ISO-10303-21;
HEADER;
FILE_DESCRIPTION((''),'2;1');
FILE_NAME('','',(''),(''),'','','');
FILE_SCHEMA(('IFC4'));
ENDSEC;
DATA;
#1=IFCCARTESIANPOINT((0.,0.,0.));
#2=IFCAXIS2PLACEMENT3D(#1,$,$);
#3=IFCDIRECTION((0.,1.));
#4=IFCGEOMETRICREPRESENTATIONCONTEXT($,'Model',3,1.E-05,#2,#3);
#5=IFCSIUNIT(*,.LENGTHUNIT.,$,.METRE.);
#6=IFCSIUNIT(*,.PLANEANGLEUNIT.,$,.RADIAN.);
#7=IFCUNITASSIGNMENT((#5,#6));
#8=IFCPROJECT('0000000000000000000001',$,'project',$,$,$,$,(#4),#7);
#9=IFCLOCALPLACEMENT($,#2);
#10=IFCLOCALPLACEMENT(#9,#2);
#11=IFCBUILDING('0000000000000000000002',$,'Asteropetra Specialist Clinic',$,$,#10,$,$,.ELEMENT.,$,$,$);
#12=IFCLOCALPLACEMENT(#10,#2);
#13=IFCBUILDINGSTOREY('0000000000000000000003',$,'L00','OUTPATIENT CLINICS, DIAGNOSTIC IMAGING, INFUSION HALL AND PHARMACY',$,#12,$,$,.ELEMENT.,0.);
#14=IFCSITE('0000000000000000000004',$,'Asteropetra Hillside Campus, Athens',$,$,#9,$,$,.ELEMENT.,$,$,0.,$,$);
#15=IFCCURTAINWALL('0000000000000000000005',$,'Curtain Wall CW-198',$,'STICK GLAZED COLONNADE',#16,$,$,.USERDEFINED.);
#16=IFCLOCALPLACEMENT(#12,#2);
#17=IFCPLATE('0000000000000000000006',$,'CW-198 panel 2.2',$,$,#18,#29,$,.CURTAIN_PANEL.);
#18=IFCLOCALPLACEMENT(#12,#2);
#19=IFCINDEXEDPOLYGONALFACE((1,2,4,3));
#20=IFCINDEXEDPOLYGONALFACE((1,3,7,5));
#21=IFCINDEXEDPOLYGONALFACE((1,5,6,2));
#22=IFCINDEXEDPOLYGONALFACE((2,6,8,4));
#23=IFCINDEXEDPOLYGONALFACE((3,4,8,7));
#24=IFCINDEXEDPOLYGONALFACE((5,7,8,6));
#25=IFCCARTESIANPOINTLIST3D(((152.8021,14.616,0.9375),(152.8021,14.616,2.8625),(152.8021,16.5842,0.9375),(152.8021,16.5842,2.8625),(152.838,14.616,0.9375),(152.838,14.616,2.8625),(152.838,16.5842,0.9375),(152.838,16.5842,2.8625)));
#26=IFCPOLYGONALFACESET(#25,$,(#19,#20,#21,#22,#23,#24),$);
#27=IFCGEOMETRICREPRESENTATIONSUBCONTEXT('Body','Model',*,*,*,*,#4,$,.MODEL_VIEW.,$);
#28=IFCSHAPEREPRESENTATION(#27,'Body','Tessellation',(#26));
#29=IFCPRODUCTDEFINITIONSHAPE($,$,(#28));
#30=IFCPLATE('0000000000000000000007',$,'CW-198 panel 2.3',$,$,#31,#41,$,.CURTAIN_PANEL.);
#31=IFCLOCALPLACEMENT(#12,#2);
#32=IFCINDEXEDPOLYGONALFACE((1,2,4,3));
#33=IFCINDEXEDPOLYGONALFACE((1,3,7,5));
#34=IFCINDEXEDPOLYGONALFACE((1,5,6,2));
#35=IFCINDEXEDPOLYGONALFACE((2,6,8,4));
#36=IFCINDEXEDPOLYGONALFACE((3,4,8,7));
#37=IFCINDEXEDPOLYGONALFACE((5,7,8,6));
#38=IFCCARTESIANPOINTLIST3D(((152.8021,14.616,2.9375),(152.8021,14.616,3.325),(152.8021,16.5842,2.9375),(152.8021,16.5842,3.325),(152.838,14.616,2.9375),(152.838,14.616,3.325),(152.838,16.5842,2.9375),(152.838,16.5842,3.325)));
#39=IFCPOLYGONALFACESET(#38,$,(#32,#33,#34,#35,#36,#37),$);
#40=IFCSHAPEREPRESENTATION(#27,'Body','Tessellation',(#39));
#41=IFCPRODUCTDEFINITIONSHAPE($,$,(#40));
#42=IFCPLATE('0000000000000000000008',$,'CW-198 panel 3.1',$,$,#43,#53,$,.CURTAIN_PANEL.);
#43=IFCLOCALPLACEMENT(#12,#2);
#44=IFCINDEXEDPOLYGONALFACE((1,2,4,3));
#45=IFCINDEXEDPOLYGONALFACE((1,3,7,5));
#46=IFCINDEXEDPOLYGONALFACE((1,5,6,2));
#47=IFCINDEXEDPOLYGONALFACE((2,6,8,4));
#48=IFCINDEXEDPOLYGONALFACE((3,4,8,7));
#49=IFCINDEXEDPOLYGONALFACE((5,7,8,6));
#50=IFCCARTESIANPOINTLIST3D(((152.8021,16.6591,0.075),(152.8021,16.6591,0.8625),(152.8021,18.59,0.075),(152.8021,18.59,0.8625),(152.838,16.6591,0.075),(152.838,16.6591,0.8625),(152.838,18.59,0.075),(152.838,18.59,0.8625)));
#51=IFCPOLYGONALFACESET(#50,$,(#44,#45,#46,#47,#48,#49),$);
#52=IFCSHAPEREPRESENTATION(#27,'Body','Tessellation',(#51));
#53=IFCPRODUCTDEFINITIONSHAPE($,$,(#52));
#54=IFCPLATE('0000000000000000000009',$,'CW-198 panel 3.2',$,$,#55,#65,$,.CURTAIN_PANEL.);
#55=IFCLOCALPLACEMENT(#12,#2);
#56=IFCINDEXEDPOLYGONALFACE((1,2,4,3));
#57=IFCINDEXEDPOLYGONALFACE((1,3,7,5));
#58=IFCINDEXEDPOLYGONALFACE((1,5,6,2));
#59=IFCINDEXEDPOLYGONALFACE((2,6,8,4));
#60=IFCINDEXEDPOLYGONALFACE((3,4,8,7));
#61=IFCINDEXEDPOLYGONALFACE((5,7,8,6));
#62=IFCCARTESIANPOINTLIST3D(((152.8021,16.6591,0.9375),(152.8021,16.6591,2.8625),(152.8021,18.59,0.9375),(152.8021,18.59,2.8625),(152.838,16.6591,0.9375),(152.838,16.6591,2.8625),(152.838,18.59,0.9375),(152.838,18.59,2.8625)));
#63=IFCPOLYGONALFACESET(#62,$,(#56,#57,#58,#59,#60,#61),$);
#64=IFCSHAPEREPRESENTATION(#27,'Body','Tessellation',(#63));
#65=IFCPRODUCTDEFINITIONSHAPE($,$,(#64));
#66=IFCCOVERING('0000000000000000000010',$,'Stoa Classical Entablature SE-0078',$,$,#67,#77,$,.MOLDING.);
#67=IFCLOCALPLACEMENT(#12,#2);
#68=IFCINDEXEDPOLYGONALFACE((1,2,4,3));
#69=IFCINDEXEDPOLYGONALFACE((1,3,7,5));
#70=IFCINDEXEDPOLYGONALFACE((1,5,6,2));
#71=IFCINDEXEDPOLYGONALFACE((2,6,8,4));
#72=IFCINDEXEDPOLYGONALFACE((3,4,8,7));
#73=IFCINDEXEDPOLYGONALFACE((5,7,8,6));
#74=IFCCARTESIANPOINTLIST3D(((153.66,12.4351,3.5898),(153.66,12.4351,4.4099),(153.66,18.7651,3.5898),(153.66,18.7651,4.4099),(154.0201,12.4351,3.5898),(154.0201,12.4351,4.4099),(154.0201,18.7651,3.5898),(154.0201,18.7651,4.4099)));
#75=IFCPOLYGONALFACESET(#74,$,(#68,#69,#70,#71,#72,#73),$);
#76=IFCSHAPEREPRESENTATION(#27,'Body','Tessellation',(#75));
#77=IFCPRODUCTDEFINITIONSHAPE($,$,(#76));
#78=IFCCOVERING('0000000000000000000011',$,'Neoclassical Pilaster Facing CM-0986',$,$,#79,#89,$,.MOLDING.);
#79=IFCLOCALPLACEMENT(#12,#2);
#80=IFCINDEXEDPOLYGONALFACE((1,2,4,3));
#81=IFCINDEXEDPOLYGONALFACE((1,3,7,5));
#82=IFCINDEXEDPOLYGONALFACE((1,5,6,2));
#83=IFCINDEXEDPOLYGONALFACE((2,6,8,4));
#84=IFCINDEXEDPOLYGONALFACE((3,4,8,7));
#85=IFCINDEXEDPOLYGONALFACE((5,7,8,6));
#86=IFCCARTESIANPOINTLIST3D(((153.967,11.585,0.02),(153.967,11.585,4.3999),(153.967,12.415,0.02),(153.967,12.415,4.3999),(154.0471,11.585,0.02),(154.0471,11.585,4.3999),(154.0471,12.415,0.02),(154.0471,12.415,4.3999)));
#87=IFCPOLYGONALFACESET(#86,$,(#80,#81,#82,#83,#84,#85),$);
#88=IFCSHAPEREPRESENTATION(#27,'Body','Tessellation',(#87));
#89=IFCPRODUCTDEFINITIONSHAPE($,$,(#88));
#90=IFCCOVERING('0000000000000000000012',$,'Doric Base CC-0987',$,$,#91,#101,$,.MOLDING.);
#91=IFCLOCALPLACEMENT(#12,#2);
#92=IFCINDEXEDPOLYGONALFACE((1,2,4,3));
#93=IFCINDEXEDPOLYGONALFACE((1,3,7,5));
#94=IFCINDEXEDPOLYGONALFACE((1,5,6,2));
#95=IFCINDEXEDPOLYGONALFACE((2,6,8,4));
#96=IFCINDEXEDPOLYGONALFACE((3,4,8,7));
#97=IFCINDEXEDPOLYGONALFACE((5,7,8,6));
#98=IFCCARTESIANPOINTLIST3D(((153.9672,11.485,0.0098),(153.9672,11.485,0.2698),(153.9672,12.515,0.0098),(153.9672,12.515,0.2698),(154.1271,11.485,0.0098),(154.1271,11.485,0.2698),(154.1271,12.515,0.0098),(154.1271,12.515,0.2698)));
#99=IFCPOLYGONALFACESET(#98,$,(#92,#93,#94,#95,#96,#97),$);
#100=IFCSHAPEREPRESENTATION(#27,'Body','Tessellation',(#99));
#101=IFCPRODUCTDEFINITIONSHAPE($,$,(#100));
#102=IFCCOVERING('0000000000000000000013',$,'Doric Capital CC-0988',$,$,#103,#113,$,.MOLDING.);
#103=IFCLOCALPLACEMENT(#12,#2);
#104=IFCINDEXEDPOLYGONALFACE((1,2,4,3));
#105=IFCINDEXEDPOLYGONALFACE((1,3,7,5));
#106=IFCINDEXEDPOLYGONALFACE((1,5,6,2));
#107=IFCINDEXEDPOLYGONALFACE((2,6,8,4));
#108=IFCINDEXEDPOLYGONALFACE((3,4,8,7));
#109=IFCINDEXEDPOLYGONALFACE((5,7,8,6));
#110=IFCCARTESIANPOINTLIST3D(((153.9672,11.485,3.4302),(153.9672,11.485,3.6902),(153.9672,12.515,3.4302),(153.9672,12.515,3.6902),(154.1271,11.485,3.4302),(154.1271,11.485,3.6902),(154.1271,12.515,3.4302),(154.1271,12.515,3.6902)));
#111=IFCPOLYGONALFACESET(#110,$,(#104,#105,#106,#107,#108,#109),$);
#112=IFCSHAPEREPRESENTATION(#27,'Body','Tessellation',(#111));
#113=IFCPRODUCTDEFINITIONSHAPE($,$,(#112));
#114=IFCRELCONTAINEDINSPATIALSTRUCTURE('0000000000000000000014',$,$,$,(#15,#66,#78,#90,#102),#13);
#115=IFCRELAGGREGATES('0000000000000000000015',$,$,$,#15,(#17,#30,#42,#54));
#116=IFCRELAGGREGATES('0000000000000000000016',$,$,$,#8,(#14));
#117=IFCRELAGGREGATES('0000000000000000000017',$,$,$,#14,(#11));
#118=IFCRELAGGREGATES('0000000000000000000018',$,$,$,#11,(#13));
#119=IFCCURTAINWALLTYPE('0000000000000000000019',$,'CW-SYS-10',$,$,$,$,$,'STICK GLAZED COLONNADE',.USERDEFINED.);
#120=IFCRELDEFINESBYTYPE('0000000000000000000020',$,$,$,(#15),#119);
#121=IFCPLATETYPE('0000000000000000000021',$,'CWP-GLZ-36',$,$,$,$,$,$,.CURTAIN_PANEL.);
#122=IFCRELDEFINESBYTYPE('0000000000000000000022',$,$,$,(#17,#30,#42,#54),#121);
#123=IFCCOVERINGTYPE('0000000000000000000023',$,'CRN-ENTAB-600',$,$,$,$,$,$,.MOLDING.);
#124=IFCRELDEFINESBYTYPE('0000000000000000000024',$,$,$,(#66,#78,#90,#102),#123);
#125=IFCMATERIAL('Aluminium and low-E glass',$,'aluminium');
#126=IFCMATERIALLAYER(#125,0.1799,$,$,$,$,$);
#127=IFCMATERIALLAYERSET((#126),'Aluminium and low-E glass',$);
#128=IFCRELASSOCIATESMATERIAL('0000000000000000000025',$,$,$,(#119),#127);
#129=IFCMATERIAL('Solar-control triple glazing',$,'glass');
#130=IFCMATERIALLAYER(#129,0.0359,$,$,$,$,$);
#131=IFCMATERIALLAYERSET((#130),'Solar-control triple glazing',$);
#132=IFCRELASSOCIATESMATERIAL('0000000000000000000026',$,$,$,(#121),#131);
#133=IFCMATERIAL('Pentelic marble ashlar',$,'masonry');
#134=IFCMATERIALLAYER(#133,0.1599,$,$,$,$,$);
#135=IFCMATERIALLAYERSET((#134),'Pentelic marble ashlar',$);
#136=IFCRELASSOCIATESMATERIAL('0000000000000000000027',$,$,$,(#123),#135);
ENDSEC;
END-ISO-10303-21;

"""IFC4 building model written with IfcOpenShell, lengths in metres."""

from ifc_helpers import new_model, si_unit, direction, frame, origin, origin_2d, place, context, subcontext, project, spatial, rectangle, extrude, material, layer, layer_set, type_object, element, aggregate, save


model = new_model("IFC4")

# Units and contexts
model_context = context("Model", 3, precision=1e-05, world=origin(), true_north=direction((0.0, 1.0)))
body_context = subcontext(model_context, "Body", "Model", "MODEL_VIEW")
ifc_project = project(units=[si_unit("LENGTHUNIT", "METRE"), si_unit("PLANEANGLEUNIT", "RADIAN")], contexts=[model_context])

# Site, building, storey
site_placement = place(None, origin())
site = spatial("IfcSite", under=ifc_project, at=site_placement, Name="Asteropetra Hillside Campus, Athens", CompositionType="ELEMENT", RefElevation=0.0)
building_placement = place(site_placement, origin())
building = spatial("IfcBuilding", under=site, at=building_placement, Name="Asteropetra Specialist Clinic", CompositionType="ELEMENT")
storey_placement = place(building_placement, origin())
storey = spatial("IfcBuildingStorey", under=building, at=storey_placement, Name="L00", Description="OUTPATIENT CLINICS, DIAGNOSTIC IMAGING, INFUSION HALL AND PHARMACY", CompositionType="ELEMENT", Elevation=0.0)

# Shared definitions
ifc_material_1 = material(Name="Aluminium and low-E glass", Category="aluminium")
ifc_layer_1 = layer(ifc_material_1, 0.1799)
ifc_layer_set_1 = layer_set([ifc_layer_1], Name="Aluminium and low-E glass")
curtain_wall_type = type_object("IfcCurtainWallType", Name="CW-SYS-10", ElementType="STICK GLAZED COLONNADE", PredefinedType="USERDEFINED", material=ifc_layer_set_1)

# Curtain wall, plates
curtain_wall_1_placement = place(storey_placement, origin())
curtain_wall_1 = element("IfcCurtainWall", 1, at=curtain_wall_1_placement, inside=storey, type_object=curtain_wall_type, Name="Curtain Wall CW-198", ObjectType="STICK GLAZED COLONNADE", PredefinedType="USERDEFINED")
ifc_material_2 = material(Name="Solar-control triple glazing", Category="glass")
ifc_layer_2 = layer(ifc_material_2, 0.0359)
ifc_layer_set_2 = layer_set([ifc_layer_2], Name="Solar-control triple glazing")
plate_type = type_object("IfcPlateType", Name="CWP-GLZ-36", PredefinedType="CURTAIN_PANEL", material=ifc_layer_set_2)
plate_1_placement = place(storey_placement, frame((152.8201, 15.6001, 0.9375), z_axis=(0.0, 0.0, 1.0), x_axis=(0.0, 1.0, 0.0)))
plate_1 = element("IfcPlate", 2, at=plate_1_placement, type_object=plate_type, Name="CW-198 panel 2.2", PredefinedType="CURTAIN_PANEL", context=body_context, shape_type="SweptSolid", body=[
    extrude(rectangle(XDim=1.9683, YDim=0.0359, at=origin_2d()), origin(), (0.0, 0.0, 1.0), 1.925),
])
plate_2_placement = place(storey_placement, frame((152.8201, 15.6001, 2.9375), z_axis=(0.0, 0.0, 1.0), x_axis=(0.0, 1.0, 0.0)))
plate_2 = element("IfcPlate", 3, at=plate_2_placement, type_object=plate_type, Name="CW-198 panel 2.3", PredefinedType="CURTAIN_PANEL", context=body_context, shape_type="SweptSolid", body=[
    extrude(rectangle(XDim=1.9683, YDim=0.0359, at=origin_2d()), origin(), (0.0, 0.0, 1.0), 0.3875),
])
plate_3_placement = place(storey_placement, frame((152.8201, 17.6245, 0.075), z_axis=(0.0, 0.0, 1.0), x_axis=(0.0, 1.0, 0.0)))
plate_3 = element("IfcPlate", 4, at=plate_3_placement, type_object=plate_type, Name="CW-198 panel 3.1", PredefinedType="CURTAIN_PANEL", context=body_context, shape_type="SweptSolid", body=[
    extrude(rectangle(XDim=1.9309, YDim=0.0359, at=origin_2d()), origin(), (0.0, 0.0, 1.0), 0.7876),
])
plate_4_placement = place(storey_placement, frame((152.8201, 17.6245, 0.9375), z_axis=(0.0, 0.0, 1.0), x_axis=(0.0, 1.0, 0.0)))
plate_4 = element("IfcPlate", 5, at=plate_4_placement, type_object=plate_type, Name="CW-198 panel 3.2", PredefinedType="CURTAIN_PANEL", context=body_context, shape_type="SweptSolid", body=[
    extrude(rectangle(XDim=1.9309, YDim=0.0359, at=origin_2d()), origin(), (0.0, 0.0, 1.0), 1.925),
])
aggregate(curtain_wall_1, [plate_1, plate_2, plate_3, plate_4])

# Coverings
ifc_material_3 = material(Name="Pentelic marble ashlar", Category="masonry")
ifc_layer_3 = layer(ifc_material_3, 0.1599)
ifc_layer_set_3 = layer_set([ifc_layer_3], Name="Pentelic marble ashlar")
covering_type = type_object("IfcCoveringType", Name="CRN-ENTAB-600", PredefinedType="MOLDING", material=ifc_layer_set_3)
covering_1_placement = place(storey_placement, frame((153.8401, 15.6001, 3.5898), z_axis=(0.0, 0.0, 1.0), x_axis=(1.0, 0.0, 0.0)))
element("IfcCovering", 6, at=covering_1_placement, inside=storey, type_object=covering_type, Name="Stoa Classical Entablature SE-0078", PredefinedType="MOLDING", context=body_context, shape_type="SweptSolid", body=[
    extrude(rectangle(XDim=0.3601, YDim=6.3301, at=origin_2d()), origin(), (0.0, 0.0, 1.0), 0.8201),
])
covering_2_placement = place(storey_placement, frame((154.0071, 12.0, 0.02), z_axis=(0.0, 0.0, 1.0), x_axis=(1.0, 0.0, 0.0)))
element("IfcCovering", 7, at=covering_2_placement, inside=storey, type_object=covering_type, Name="Neoclassical Pilaster Facing CM-0986", PredefinedType="MOLDING", context=body_context, shape_type="SweptSolid", body=[
    extrude(rectangle(XDim=0.0801, YDim=0.8301, at=origin_2d()), origin(), (0.0, 0.0, 1.0), 4.3799),
])
for number, where, z_axis, x_axis, name in (
    (8, (154.0471, 12.0, 0.0098), (0.0, 0.0, 1.0), (1.0, 0.0, 0.0), "Doric Base CC-0987"),
    (9, (154.0471, 12.0, 3.4302), (0.0, 0.0, 1.0), (1.0, 0.0, 0.0), "Doric Capital CC-0988"),
):
    element("IfcCovering", number, at=place(storey_placement, frame(where, z_axis=z_axis, x_axis=x_axis)), inside=storey, type_object=covering_type, Name=name, PredefinedType="MOLDING", context=body_context, shape_type="SweptSolid", body=[
        extrude(rectangle(XDim=0.1599, YDim=1.03, at=origin_2d()), origin(), (0.0, 0.0, 1.0), 0.26),
    ])

save(model, "model.ifc")
